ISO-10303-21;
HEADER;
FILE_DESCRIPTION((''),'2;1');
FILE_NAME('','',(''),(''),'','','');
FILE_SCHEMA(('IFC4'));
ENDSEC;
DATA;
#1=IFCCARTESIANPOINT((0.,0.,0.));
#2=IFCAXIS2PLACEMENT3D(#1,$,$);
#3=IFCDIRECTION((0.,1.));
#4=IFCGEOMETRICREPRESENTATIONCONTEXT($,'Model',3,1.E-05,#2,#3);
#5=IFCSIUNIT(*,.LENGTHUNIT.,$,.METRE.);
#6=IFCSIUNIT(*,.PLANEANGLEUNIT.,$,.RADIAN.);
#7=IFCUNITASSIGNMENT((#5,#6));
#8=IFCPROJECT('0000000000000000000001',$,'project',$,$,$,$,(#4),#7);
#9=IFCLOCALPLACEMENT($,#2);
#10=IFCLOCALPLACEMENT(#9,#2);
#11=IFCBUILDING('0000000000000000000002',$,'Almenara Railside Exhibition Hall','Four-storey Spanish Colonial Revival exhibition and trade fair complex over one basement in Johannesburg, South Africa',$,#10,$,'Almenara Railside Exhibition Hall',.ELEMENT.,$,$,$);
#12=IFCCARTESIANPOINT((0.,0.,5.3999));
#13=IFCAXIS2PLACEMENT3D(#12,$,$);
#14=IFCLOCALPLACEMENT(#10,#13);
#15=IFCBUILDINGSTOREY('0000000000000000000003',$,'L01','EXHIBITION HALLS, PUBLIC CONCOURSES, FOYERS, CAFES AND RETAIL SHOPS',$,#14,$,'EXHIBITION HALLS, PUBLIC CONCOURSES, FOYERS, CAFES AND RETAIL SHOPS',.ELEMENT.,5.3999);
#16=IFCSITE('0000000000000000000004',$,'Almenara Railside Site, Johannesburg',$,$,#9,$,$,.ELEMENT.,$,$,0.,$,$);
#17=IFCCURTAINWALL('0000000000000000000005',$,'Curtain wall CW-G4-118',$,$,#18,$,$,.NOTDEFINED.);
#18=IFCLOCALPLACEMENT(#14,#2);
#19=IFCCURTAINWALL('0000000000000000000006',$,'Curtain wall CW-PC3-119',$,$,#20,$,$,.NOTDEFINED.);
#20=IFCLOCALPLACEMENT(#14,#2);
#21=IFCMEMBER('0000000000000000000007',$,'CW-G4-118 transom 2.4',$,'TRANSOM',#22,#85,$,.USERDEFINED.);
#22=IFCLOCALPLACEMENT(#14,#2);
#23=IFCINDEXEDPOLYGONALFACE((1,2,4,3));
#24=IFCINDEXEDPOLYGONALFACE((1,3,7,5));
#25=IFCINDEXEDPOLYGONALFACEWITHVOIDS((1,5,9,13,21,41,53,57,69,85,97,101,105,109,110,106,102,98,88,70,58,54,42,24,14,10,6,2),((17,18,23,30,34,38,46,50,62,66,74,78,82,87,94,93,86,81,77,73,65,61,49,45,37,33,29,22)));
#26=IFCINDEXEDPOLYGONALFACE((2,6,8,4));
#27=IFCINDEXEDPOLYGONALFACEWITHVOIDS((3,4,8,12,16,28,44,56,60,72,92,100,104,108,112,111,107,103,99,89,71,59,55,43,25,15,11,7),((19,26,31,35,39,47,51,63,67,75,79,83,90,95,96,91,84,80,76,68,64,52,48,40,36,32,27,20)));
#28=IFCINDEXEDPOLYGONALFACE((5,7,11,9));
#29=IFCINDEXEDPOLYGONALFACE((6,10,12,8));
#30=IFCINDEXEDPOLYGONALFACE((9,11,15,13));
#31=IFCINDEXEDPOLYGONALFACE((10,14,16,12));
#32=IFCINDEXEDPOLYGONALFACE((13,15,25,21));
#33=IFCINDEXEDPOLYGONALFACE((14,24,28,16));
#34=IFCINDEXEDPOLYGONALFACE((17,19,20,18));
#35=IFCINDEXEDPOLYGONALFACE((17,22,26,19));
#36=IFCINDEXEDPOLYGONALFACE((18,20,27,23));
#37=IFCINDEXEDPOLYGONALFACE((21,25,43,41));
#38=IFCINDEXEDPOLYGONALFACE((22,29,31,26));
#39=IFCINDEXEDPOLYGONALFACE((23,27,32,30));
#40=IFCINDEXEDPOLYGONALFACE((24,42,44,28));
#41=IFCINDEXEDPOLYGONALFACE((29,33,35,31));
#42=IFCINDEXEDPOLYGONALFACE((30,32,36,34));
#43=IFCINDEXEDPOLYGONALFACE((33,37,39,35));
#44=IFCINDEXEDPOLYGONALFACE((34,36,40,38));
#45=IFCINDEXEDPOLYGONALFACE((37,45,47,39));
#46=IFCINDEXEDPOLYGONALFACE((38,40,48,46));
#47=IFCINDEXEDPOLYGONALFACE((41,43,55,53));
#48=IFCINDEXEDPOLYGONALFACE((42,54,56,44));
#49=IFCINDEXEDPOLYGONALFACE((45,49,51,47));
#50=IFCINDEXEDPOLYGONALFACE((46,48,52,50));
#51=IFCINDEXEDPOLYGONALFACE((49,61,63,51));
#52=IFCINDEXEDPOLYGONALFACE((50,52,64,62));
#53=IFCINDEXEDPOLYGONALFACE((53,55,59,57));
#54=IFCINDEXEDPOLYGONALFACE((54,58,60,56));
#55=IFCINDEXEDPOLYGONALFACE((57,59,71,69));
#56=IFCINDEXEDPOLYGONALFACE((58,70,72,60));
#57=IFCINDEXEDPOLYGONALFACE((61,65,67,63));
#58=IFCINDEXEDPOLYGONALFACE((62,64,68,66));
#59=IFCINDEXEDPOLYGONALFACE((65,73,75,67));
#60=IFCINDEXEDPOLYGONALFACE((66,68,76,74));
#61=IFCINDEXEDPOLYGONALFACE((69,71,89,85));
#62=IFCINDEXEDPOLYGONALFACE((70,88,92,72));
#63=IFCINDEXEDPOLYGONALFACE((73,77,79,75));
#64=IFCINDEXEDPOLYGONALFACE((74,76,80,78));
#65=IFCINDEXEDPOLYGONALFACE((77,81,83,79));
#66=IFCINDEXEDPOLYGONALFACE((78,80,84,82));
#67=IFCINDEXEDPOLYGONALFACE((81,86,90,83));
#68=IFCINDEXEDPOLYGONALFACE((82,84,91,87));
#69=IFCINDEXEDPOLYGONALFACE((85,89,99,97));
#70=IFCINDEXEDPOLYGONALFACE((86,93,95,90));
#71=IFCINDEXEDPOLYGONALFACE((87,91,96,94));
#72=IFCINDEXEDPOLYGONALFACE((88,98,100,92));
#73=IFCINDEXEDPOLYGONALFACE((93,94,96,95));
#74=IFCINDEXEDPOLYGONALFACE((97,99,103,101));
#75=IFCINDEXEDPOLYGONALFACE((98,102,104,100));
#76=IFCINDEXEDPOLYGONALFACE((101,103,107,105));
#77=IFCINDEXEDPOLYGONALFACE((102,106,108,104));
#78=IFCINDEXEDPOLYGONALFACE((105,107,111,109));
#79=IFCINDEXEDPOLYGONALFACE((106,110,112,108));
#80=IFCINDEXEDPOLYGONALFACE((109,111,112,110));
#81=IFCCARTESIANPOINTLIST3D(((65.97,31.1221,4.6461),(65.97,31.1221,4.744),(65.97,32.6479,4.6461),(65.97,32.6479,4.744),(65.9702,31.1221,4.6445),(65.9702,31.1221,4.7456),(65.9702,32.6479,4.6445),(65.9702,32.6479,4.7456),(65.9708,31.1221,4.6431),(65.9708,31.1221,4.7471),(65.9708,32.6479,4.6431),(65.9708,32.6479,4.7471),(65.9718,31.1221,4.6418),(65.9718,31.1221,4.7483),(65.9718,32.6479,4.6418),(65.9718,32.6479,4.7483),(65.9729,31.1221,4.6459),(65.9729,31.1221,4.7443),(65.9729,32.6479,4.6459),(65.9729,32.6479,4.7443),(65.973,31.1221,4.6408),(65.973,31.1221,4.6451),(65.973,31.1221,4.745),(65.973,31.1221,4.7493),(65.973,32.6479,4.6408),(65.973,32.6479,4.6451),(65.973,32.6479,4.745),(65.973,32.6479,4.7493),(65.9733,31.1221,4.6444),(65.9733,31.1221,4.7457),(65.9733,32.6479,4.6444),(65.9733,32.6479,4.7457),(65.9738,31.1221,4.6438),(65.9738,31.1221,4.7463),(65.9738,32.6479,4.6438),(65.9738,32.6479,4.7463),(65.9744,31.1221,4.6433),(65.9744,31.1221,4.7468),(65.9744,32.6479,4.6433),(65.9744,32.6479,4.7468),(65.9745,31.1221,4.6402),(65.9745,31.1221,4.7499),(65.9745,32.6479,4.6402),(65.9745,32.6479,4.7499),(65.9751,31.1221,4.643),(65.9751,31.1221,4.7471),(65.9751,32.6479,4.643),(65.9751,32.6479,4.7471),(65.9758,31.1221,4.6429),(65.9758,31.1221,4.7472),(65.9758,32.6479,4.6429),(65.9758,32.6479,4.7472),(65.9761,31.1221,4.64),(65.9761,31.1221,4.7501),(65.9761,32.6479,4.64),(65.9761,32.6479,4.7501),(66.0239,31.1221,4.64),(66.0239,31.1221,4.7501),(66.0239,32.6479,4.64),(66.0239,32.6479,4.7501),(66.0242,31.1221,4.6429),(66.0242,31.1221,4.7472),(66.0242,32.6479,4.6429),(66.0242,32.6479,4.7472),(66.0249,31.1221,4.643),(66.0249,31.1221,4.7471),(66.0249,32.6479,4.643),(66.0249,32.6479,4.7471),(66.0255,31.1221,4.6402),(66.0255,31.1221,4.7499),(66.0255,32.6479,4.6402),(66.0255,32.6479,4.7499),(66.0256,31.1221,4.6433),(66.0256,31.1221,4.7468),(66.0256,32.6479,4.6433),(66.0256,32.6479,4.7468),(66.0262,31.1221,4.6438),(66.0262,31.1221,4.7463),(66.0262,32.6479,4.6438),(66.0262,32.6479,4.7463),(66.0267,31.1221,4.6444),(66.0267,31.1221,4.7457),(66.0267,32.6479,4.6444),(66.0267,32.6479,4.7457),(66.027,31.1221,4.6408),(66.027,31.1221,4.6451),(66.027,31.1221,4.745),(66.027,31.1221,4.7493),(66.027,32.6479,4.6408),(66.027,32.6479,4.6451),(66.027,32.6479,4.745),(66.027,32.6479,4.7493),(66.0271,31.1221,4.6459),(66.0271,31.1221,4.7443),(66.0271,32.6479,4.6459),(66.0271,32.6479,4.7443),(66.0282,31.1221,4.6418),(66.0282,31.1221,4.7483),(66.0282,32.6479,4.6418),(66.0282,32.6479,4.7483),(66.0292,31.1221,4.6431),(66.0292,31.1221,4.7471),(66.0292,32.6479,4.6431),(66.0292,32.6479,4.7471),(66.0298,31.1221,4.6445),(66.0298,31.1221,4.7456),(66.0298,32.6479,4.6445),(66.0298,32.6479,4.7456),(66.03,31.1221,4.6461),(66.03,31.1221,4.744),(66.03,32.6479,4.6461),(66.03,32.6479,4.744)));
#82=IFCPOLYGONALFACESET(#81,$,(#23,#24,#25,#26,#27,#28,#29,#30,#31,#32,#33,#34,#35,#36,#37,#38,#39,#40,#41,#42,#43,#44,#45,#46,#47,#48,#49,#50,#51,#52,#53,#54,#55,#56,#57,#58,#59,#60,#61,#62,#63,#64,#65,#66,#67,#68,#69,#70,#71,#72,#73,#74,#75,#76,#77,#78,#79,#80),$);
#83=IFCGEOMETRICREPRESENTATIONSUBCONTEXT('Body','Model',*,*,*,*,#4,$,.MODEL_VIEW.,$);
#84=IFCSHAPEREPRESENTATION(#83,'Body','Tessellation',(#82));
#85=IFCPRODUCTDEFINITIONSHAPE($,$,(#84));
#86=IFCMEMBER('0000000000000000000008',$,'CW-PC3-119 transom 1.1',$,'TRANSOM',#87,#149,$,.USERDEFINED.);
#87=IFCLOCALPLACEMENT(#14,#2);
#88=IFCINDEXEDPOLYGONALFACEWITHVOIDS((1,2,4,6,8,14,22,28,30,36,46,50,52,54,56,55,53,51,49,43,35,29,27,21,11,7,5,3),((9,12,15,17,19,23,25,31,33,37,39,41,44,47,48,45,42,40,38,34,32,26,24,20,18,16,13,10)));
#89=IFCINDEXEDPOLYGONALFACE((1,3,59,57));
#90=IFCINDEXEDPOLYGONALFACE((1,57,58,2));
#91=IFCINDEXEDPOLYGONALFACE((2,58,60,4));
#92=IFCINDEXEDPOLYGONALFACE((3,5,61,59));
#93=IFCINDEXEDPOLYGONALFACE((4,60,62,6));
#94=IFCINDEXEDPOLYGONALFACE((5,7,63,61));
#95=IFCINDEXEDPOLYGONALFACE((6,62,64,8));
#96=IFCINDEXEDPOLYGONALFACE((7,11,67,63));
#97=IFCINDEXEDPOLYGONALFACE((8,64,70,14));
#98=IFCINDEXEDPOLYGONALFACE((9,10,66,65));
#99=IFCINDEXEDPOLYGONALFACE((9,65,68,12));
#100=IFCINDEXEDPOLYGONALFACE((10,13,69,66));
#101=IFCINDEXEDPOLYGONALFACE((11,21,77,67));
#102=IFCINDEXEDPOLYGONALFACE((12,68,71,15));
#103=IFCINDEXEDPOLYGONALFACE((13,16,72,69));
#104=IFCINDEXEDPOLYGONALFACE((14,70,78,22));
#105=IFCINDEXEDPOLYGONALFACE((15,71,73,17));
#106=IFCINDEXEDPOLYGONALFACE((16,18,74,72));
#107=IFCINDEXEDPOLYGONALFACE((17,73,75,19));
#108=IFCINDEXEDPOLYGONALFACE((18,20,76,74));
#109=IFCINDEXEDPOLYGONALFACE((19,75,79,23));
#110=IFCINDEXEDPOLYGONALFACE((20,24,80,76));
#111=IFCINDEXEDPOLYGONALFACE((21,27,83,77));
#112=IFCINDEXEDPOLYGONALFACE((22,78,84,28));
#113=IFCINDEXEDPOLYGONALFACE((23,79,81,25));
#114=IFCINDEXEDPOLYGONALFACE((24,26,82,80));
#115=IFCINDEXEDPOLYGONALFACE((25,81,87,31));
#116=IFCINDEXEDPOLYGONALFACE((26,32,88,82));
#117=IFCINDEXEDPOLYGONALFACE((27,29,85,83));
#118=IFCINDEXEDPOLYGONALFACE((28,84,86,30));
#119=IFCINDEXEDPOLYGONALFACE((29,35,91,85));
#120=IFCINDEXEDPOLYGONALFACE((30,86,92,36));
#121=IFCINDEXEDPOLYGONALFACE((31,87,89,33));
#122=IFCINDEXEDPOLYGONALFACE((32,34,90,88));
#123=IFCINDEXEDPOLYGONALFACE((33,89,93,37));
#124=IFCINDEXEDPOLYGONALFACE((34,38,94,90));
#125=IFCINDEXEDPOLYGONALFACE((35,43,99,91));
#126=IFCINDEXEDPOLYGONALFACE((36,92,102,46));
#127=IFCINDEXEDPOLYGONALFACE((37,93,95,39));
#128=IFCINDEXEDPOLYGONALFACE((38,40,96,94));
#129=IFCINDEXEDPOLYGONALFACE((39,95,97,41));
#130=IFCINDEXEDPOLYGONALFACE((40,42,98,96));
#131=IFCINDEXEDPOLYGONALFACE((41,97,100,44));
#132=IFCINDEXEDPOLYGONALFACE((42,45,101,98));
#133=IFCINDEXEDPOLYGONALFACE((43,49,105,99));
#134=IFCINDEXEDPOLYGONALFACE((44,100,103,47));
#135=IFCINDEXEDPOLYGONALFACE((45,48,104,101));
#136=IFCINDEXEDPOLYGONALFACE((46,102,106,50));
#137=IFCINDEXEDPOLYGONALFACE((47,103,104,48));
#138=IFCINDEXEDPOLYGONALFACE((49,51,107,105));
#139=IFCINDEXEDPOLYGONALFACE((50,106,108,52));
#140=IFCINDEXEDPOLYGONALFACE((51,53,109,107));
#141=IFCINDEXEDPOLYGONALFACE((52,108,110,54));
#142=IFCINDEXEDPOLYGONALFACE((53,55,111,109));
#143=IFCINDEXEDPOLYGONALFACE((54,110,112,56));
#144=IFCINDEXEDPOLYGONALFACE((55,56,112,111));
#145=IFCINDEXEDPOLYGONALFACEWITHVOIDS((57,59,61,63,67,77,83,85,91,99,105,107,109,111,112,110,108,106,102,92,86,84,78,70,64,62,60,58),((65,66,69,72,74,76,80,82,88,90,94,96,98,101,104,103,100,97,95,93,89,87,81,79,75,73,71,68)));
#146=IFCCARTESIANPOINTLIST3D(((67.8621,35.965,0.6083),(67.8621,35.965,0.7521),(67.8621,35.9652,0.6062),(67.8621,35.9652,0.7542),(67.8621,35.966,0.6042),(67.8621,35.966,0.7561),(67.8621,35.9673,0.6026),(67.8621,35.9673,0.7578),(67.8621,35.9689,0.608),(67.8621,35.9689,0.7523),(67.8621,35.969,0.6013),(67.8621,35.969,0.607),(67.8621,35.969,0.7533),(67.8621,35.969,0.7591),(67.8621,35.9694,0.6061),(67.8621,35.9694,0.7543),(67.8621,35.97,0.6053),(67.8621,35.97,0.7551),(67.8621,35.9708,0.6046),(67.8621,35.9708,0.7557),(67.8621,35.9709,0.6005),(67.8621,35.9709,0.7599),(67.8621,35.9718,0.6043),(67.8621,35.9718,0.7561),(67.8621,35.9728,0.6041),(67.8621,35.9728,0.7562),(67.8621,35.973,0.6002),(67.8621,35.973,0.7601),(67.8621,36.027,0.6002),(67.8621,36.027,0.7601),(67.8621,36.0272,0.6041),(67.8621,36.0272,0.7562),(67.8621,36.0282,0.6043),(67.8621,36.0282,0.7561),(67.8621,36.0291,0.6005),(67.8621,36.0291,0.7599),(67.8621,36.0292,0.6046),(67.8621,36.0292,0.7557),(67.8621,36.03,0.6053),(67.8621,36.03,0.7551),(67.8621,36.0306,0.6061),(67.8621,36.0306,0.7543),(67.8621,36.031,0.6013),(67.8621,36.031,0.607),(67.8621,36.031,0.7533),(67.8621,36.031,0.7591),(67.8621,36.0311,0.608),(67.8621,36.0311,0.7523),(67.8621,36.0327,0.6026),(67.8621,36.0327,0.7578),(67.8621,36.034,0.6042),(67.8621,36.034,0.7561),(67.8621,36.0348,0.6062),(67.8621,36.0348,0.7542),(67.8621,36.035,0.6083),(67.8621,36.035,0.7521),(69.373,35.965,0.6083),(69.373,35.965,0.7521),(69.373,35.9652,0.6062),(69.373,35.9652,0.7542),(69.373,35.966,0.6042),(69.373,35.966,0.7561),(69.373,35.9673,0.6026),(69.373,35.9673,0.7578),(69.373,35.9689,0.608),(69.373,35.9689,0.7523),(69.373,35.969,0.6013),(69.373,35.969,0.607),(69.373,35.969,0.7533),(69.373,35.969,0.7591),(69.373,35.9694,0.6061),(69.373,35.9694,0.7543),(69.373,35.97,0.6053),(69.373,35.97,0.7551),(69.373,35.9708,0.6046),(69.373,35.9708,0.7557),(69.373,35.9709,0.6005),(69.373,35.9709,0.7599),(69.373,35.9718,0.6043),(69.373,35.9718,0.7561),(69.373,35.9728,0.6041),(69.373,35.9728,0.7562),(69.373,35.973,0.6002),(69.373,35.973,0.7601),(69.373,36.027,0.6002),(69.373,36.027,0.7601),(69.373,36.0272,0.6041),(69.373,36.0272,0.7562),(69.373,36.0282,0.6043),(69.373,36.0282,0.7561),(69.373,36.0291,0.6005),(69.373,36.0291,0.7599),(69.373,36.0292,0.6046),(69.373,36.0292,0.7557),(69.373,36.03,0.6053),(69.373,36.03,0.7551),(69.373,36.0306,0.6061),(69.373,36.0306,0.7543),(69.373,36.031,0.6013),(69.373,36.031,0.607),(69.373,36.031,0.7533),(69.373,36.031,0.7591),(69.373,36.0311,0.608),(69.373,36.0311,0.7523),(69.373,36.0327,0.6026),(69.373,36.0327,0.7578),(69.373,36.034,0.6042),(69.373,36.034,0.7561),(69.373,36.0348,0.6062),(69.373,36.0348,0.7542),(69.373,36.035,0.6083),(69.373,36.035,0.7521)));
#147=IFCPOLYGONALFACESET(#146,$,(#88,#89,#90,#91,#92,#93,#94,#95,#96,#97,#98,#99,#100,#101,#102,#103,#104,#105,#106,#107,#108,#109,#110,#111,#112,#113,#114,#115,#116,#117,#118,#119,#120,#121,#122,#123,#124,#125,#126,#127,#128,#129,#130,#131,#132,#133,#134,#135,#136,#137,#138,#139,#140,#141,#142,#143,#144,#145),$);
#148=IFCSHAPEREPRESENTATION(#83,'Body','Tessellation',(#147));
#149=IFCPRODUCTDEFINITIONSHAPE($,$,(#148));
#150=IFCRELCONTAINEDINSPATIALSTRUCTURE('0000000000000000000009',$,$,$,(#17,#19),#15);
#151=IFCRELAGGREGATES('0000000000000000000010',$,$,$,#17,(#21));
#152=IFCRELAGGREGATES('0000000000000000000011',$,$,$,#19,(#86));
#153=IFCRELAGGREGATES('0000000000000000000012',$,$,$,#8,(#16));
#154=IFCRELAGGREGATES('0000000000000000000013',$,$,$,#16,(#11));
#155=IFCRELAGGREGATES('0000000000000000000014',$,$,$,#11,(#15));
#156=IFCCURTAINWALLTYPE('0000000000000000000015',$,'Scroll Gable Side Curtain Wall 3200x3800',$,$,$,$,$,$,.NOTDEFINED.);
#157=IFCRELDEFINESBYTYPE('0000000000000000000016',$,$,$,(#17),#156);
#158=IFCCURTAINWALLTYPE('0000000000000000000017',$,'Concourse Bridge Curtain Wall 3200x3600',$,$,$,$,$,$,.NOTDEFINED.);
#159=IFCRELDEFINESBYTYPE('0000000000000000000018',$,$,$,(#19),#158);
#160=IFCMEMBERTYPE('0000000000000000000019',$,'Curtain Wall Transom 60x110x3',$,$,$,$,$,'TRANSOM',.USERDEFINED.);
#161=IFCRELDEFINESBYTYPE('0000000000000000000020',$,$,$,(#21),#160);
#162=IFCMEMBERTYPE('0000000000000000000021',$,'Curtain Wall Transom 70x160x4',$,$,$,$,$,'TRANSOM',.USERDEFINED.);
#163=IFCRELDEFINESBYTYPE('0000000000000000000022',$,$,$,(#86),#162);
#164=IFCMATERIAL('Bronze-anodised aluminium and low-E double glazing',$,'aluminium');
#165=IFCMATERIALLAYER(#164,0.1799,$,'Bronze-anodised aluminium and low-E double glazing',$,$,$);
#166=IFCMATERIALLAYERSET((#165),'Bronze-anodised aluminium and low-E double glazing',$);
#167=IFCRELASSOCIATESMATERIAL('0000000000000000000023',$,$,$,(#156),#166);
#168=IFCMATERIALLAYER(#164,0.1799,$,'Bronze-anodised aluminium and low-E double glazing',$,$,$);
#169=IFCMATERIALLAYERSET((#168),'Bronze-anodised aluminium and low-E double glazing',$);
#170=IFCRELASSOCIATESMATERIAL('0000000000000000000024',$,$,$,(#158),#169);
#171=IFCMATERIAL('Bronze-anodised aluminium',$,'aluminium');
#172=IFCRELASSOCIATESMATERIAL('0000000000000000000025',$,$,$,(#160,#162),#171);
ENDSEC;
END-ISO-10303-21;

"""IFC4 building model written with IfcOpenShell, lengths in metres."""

from ifc_helpers import new_model, si_unit, direction, frame, origin, origin_2d, place, context, subcontext, project, spatial, hollow_rectangle, extrude, material, layer, layer_set, material_profile, profile_set, type_object, element, aggregate, save


model = new_model("IFC4")

# Units and contexts
model_context = context("Model", 3, precision=1e-05, world=origin(), true_north=direction((0.0, 1.0)))
body_context = subcontext(model_context, "Body", "Model", "MODEL_VIEW")
ifc_project = project(units=[si_unit("LENGTHUNIT", "METRE"), si_unit("PLANEANGLEUNIT", "RADIAN")], contexts=[model_context])

# Site, building, storey
site_placement = place(None, origin())
site = spatial("IfcSite", under=ifc_project, at=site_placement, Name="Almenara Railside Site, Johannesburg", CompositionType="ELEMENT", RefElevation=0.0)
building_placement = place(site_placement, origin())
building = spatial("IfcBuilding", under=site, at=building_placement, Name="Almenara Railside Exhibition Hall", Description="Four-storey Spanish Colonial Revival exhibition and trade fair complex over one basement in Johannesburg, South Africa", LongName="Almenara Railside Exhibition Hall", CompositionType="ELEMENT")
storey_placement = place(building_placement, frame((0.0, 0.0, 5.3999)))
storey = spatial("IfcBuildingStorey", under=building, at=storey_placement, Name="L01", Description="EXHIBITION HALLS, PUBLIC CONCOURSES, FOYERS, CAFES AND RETAIL SHOPS", LongName="EXHIBITION HALLS, PUBLIC CONCOURSES, FOYERS, CAFES AND RETAIL SHOPS", CompositionType="ELEMENT", Elevation=5.3999)

# Curtain wall
ifc_material_1 = material(Name="Bronze-anodised aluminium and low-E double glazing", Category="aluminium")
ifc_layer_1 = layer(ifc_material_1, 0.1799, Name="Bronze-anodised aluminium and low-E double glazing")
ifc_layer_set_1 = layer_set([ifc_layer_1], Name="Bronze-anodised aluminium and low-E double glazing")
curtain_wall_type_1 = type_object("IfcCurtainWallType", Name="Scroll Gable Side Curtain Wall 3200x3800", PredefinedType="NOTDEFINED", material=ifc_layer_set_1)
curtain_wall_1_placement = place(storey_placement, origin())
curtain_wall_1 = element("IfcCurtainWall", 1, at=curtain_wall_1_placement, inside=storey, type_object=curtain_wall_type_1, Name="Curtain wall CW-G4-118", PredefinedType="NOTDEFINED")
ifc_material_2 = material(Name="Bronze-anodised aluminium", Category="aluminium")

# Curtain wall
ifc_layer_2 = layer(ifc_material_1, 0.1799, Name="Bronze-anodised aluminium and low-E double glazing")
ifc_layer_set_2 = layer_set([ifc_layer_2], Name="Bronze-anodised aluminium and low-E double glazing")
curtain_wall_type_2 = type_object("IfcCurtainWallType", Name="Concourse Bridge Curtain Wall 3200x3600", PredefinedType="NOTDEFINED", material=ifc_layer_set_2)
curtain_wall_2_placement = place(storey_placement, origin())
curtain_wall_2 = element("IfcCurtainWall", 2, at=curtain_wall_2_placement, inside=storey, type_object=curtain_wall_type_2, Name="Curtain wall CW-PC3-119", PredefinedType="NOTDEFINED")

# Members
ifc_material_profile_1 = material_profile(ifc_material_2, hollow_rectangle(XDim=0.0601, YDim=0.1101, WallThickness=0.0029, InnerFilletRadius=0.0029, OuterFilletRadius=0.0061, at=origin_2d()), Name="ALU-TRN 60x110x3")
ifc_profile_set_1 = profile_set([ifc_material_profile_1], Name="Bronze-anodised aluminium")
member_type_1 = type_object("IfcMemberType", Name="Curtain Wall Transom 60x110x3", ElementType="TRANSOM", PredefinedType="USERDEFINED", material=ifc_profile_set_1)
member_1_placement = place(storey_placement, frame((66.0, 31.1221, 4.6951), z_axis=(0.0, 1.0, 0.0), x_axis=(-1.0, 0.0, 0.0)))
member_1 = element("IfcMember", 3, at=member_1_placement, type_object=member_type_1, Name="CW-G4-118 transom 2.4", ObjectType="TRANSOM", PredefinedType="USERDEFINED", context=body_context, shape_type="SweptSolid", body=[
    extrude(hollow_rectangle(XDim=0.0601, YDim=0.1101, WallThickness=0.0029, InnerFilletRadius=0.0029, OuterFilletRadius=0.0061, at=origin_2d()), origin(), (0.0, 0.0, 1.0), 1.5259),
])
ifc_material_profile_2 = material_profile(ifc_material_2, hollow_rectangle(XDim=0.0701, YDim=0.1599, WallThickness=0.0039, InnerFilletRadius=0.0039, OuterFilletRadius=0.0081, at=origin_2d()), Name="ALU-TRN 70x160x4")
ifc_profile_set_2 = profile_set([ifc_material_profile_2], Name="Bronze-anodised aluminium")
member_type_2 = type_object("IfcMemberType", Name="Curtain Wall Transom 70x160x4", ElementType="TRANSOM", PredefinedType="USERDEFINED", material=ifc_profile_set_2)
member_2_placement = place(storey_placement, frame((67.8621, 36.0, 0.6802), z_axis=(1.0, 0.0, 0.0), x_axis=(0.0, 1.0, 0.0)))
member_2 = element("IfcMember", 4, at=member_2_placement, type_object=member_type_2, Name="CW-PC3-119 transom 1.1", ObjectType="TRANSOM", PredefinedType="USERDEFINED", context=body_context, shape_type="SweptSolid", body=[
    extrude(hollow_rectangle(XDim=0.0701, YDim=0.1599, WallThickness=0.0039, InnerFilletRadius=0.0039, OuterFilletRadius=0.0081, at=origin_2d()), origin(), (0.0, 0.0, 1.0), 1.511),
])

aggregate(curtain_wall_1, [member_1])
aggregate(curtain_wall_2, [member_2])

save(model, "model.ifc")
